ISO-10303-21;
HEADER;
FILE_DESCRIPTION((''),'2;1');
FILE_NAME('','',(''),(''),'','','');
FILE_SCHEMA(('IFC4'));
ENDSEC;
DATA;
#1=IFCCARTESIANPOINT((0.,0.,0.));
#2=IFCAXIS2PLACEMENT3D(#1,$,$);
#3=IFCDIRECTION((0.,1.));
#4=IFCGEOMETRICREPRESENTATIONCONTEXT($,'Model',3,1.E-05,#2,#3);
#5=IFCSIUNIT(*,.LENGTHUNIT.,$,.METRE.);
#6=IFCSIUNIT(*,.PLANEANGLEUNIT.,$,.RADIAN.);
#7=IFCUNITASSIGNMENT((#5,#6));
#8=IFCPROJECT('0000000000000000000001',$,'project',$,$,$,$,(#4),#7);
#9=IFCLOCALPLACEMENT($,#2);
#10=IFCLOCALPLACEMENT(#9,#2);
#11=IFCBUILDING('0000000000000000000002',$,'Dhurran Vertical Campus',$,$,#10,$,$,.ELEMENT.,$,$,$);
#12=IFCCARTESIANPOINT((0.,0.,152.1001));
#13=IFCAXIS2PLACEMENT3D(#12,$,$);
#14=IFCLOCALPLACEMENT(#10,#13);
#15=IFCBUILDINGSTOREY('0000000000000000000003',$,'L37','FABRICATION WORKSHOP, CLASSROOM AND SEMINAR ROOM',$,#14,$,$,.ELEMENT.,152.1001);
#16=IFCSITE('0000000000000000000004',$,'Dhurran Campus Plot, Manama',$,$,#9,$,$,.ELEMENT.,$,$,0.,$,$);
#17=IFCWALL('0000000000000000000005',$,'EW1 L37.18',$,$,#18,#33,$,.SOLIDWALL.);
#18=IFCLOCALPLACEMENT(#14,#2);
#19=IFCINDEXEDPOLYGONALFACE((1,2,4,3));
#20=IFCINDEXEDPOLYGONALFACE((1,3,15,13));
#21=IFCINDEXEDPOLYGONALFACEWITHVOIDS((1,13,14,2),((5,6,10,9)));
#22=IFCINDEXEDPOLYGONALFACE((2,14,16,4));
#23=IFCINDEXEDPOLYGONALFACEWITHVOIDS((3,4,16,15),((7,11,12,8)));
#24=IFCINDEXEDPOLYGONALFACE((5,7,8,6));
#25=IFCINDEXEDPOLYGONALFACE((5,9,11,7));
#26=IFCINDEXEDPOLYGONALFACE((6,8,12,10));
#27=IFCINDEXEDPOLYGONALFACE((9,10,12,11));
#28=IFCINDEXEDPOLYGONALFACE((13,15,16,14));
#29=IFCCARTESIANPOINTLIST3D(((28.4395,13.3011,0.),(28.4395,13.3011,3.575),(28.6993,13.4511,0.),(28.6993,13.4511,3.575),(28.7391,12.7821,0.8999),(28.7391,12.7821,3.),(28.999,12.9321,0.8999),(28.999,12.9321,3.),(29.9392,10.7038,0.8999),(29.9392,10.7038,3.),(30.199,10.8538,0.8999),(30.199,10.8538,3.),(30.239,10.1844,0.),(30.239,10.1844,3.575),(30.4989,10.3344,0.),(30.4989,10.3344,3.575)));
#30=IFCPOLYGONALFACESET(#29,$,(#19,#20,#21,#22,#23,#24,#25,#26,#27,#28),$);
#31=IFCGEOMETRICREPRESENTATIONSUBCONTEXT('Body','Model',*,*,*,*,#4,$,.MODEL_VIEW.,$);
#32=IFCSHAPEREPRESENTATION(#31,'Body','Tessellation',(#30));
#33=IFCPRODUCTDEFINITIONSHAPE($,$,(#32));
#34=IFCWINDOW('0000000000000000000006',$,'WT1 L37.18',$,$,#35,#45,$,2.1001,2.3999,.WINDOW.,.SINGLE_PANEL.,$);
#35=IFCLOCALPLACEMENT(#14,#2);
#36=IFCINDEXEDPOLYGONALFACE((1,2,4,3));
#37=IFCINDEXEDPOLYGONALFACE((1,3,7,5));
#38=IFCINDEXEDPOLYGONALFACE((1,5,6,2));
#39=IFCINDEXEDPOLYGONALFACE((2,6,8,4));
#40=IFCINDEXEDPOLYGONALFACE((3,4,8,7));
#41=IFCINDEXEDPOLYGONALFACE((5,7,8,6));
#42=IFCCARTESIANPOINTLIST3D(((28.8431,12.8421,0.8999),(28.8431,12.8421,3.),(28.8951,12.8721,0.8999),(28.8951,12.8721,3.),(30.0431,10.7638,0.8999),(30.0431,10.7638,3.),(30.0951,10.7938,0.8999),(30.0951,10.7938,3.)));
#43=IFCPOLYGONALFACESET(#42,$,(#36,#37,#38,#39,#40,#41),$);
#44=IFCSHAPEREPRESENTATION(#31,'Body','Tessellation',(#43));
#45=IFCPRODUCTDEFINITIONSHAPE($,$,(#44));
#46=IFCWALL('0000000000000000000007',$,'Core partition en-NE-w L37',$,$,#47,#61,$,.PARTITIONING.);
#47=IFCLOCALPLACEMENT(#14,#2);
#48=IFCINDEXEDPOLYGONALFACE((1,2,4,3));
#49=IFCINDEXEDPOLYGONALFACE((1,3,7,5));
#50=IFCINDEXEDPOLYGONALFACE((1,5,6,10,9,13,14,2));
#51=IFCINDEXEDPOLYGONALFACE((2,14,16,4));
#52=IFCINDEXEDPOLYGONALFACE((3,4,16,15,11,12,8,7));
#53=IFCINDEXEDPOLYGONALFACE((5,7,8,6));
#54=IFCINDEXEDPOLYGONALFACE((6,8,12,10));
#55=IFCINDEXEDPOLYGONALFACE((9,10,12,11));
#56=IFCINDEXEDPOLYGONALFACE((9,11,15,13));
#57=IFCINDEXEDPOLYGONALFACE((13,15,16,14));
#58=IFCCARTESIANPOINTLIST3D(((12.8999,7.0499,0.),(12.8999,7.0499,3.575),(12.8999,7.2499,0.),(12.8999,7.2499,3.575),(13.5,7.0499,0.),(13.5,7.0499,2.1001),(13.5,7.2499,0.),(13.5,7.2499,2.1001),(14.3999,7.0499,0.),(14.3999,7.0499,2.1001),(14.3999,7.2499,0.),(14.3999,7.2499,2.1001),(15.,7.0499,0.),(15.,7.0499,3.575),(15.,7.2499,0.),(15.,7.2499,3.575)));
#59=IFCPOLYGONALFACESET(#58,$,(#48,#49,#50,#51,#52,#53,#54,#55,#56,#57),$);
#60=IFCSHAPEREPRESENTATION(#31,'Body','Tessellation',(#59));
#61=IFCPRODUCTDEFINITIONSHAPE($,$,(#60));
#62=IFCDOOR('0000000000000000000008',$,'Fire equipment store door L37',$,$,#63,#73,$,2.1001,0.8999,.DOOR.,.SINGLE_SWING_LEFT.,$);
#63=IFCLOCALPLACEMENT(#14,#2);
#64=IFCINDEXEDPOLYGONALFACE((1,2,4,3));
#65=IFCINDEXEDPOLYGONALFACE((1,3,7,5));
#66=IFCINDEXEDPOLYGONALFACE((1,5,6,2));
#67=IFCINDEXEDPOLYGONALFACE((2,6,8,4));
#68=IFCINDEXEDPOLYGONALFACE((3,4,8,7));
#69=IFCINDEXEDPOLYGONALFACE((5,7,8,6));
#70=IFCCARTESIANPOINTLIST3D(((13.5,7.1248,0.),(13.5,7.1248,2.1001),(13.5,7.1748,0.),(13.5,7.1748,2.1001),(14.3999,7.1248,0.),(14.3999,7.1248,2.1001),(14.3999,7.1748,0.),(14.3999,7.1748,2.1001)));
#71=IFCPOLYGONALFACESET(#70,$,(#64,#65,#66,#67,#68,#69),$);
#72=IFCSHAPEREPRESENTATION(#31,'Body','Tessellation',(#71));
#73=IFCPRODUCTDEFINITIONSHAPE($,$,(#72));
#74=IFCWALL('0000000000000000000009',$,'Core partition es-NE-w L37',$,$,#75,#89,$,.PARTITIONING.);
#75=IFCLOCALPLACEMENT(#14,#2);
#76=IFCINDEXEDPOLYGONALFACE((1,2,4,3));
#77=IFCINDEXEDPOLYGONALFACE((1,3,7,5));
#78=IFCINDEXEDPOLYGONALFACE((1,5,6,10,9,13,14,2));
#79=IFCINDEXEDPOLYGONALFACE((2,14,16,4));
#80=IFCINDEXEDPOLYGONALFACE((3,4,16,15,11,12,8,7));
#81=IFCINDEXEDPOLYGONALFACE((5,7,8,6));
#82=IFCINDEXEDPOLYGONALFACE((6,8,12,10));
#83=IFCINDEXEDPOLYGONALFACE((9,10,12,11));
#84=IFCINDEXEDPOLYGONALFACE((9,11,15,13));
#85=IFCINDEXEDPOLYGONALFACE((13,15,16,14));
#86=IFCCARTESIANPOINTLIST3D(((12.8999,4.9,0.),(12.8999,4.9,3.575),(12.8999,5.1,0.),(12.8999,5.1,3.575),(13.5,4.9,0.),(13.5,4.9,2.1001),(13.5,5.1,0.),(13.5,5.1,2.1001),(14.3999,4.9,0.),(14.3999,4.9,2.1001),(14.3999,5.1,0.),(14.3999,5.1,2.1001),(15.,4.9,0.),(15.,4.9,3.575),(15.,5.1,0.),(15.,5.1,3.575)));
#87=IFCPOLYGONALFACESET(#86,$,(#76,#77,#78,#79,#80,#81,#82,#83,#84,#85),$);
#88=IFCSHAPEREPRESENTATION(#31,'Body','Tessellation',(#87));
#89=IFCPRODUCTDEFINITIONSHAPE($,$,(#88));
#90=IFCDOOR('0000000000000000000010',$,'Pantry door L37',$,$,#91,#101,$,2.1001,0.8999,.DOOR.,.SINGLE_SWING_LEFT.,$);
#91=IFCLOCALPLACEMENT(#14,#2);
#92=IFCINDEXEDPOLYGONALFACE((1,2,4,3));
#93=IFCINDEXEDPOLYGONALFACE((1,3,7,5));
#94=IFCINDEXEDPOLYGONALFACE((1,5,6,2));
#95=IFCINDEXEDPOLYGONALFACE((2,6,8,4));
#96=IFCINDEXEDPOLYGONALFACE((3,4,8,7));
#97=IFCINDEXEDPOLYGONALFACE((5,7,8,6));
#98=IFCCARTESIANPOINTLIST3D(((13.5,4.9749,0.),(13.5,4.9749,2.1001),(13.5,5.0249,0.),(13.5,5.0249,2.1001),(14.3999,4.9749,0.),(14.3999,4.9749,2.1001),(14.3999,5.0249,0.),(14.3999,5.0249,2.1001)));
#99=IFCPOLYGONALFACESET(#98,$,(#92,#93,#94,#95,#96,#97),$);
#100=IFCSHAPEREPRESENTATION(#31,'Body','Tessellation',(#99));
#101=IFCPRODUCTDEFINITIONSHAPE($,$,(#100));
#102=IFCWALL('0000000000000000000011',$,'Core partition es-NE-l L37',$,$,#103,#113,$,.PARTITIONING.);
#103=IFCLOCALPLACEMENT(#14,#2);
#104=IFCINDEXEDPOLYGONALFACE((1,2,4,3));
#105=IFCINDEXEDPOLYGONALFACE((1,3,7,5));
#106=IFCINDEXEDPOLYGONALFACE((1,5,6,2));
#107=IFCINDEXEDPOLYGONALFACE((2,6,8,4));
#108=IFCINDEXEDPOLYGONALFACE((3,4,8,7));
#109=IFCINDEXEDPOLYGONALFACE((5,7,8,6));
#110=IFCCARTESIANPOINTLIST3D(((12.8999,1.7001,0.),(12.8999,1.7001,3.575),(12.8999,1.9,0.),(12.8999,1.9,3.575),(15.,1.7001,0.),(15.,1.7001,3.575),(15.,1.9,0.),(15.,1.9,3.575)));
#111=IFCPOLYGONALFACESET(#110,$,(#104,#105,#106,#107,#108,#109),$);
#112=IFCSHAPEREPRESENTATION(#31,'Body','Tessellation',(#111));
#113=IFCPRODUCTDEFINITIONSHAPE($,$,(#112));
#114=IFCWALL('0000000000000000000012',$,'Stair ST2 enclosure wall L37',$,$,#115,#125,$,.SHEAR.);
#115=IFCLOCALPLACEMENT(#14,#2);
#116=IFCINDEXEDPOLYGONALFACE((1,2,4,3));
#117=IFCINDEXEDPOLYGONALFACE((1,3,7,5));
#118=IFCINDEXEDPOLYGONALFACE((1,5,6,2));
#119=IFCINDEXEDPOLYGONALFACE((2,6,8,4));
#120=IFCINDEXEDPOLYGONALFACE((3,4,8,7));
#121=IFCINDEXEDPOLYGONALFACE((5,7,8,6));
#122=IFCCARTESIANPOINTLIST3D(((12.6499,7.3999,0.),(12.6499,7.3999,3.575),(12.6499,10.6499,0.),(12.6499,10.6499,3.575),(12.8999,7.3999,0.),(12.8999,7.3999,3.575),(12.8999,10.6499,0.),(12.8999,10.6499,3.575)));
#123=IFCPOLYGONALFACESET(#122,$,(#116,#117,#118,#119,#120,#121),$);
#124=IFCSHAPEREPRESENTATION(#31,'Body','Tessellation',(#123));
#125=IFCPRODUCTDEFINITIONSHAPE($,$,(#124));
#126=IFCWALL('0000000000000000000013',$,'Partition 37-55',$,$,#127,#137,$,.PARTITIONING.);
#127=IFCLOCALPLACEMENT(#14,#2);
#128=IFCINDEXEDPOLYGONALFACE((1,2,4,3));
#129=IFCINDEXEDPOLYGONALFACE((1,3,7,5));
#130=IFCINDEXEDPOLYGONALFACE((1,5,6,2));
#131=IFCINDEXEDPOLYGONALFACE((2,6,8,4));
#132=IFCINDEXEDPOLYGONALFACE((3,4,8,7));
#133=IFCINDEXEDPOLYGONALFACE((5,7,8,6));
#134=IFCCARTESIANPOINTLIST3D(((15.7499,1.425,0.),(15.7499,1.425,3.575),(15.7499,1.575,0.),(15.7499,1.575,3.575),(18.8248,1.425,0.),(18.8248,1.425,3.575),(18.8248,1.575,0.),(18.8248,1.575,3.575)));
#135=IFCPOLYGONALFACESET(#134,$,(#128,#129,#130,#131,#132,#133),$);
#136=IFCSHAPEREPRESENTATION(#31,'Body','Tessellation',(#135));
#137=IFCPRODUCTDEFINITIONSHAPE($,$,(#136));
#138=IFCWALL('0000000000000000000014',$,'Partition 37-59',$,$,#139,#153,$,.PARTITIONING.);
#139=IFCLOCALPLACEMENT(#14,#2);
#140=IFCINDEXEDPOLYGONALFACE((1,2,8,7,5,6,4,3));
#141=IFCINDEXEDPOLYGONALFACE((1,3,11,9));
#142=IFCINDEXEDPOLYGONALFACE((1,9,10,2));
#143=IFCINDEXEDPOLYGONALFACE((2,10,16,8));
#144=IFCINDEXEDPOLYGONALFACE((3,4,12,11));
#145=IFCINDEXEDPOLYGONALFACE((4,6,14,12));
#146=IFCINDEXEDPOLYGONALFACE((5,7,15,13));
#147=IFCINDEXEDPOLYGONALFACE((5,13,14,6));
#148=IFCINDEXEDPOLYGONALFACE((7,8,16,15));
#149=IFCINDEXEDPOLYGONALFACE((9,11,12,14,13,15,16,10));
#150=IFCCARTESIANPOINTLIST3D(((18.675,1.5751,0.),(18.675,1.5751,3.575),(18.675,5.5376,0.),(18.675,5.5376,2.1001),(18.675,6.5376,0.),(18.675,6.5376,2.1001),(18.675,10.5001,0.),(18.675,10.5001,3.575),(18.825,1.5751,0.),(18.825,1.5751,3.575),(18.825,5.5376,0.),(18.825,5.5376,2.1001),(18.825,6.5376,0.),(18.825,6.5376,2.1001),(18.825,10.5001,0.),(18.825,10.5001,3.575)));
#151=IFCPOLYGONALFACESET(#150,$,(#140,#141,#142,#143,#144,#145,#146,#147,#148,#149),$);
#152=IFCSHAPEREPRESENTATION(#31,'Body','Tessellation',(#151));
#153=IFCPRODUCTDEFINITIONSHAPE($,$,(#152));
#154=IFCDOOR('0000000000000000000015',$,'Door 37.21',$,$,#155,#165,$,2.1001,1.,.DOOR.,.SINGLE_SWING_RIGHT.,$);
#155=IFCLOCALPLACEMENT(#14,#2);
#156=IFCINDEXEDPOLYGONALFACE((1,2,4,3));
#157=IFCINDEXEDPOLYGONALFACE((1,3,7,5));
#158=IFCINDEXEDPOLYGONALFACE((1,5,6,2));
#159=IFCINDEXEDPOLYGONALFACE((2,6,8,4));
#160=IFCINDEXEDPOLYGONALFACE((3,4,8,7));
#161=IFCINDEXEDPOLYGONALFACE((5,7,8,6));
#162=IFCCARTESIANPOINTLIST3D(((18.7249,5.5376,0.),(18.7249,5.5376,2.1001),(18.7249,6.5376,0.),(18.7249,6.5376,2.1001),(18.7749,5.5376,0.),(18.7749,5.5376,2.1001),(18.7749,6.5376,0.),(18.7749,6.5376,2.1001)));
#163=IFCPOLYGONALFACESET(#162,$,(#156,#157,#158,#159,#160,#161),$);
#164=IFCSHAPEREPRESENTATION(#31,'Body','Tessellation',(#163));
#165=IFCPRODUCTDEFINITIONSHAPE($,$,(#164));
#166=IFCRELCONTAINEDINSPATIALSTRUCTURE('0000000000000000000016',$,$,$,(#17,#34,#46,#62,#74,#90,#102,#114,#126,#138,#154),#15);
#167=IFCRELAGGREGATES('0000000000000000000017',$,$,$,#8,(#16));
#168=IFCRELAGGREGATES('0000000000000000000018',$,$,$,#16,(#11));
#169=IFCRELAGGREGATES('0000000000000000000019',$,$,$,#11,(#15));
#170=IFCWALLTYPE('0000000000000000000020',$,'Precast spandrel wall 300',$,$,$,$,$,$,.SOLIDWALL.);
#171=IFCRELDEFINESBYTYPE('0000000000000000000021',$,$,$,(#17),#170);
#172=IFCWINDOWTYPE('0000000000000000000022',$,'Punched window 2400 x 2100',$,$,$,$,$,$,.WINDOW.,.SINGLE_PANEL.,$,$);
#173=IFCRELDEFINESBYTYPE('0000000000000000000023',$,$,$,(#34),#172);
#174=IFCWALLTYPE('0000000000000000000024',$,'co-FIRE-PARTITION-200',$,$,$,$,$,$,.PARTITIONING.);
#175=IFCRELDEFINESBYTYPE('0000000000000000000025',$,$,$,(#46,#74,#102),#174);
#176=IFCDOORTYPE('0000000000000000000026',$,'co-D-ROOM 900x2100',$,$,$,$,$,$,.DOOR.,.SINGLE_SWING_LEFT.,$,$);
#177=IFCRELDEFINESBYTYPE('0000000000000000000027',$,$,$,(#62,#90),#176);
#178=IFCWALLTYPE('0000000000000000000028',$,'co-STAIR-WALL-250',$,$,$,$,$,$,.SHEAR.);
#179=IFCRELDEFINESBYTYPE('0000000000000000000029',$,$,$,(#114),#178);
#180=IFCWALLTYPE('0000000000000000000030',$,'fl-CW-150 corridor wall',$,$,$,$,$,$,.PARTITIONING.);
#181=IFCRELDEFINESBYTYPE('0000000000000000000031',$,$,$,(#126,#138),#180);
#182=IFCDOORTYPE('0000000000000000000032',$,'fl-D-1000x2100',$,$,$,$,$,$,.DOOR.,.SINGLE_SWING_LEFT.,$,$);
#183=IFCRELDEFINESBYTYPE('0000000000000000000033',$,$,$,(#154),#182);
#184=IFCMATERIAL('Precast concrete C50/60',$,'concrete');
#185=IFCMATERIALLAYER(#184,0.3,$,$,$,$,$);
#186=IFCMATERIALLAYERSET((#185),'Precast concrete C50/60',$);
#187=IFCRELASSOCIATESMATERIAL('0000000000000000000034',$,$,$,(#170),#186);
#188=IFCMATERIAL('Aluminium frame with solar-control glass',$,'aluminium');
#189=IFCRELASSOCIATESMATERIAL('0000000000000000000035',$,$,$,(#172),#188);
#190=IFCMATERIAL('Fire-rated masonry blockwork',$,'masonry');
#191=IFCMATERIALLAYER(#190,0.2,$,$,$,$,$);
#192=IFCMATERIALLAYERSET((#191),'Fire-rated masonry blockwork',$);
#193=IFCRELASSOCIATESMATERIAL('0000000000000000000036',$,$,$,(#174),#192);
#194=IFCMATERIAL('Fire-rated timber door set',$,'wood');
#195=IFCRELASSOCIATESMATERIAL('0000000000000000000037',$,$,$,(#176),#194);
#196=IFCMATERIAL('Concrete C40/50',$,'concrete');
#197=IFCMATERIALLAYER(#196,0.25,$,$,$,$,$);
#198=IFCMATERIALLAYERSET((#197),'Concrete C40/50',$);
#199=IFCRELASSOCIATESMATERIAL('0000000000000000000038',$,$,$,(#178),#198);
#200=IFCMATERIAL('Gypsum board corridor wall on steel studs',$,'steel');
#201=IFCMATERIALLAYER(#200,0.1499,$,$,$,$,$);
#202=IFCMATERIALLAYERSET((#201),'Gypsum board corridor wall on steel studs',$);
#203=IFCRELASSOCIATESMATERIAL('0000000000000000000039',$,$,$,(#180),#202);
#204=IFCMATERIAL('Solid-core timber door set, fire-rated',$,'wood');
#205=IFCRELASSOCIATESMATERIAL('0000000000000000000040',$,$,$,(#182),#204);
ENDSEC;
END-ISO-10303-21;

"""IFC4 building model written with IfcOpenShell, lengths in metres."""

from ifc_helpers import new_model, si_unit, direction, frame, frame_2d, origin, place, context, subcontext, project, spatial, rectangle, extrude, material, layer, layer_set, type_object, element, fill, save


model = new_model("IFC4")

# Units and contexts
model_context = context("Model", 3, precision=1e-05, world=origin(), true_north=direction((0.0, 1.0)))
body_context = subcontext(model_context, "Body", "Model", "MODEL_VIEW")
ifc_project = project(units=[si_unit("LENGTHUNIT", "METRE"), si_unit("PLANEANGLEUNIT", "RADIAN")], contexts=[model_context])

# Site, building, storey
site_placement = place(None, origin())
site = spatial("IfcSite", under=ifc_project, at=site_placement, Name="Dhurran Campus Plot, Manama", CompositionType="ELEMENT", RefElevation=0.0)
building_placement = place(site_placement, origin())
building = spatial("IfcBuilding", under=site, at=building_placement, Name="Dhurran Vertical Campus", CompositionType="ELEMENT")
storey_placement = place(building_placement, frame((0.0, 0.0, 152.1001)))
storey = spatial("IfcBuildingStorey", under=building, at=storey_placement, Name="L37", Description="FABRICATION WORKSHOP, CLASSROOM AND SEMINAR ROOM", CompositionType="ELEMENT", Elevation=152.1001)

# Wall, opening, window
ifc_material_1 = material(Name="Precast concrete C50/60", Category="concrete")
ifc_layer_1 = layer(ifc_material_1, 0.3)
ifc_layer_set_1 = layer_set([ifc_layer_1], Name="Precast concrete C50/60")
wall_type_1 = type_object("IfcWallType", Name="Precast spandrel wall 300", PredefinedType="SOLIDWALL", material=ifc_layer_set_1)
ifc_material_2 = material(Name="Aluminium frame with solar-control glass", Category="aluminium")
window_type = type_object("IfcWindowType", Name="Punched window 2400 x 2100", PartitioningType="SINGLE_PANEL", PredefinedType="WINDOW", material=ifc_material_2)
wall_1_placement = place(storey_placement, frame((30.3689, 10.2595, 0.0), z_axis=(0.0, 0.0, 1.0), x_axis=(-0.500028, 0.866009, 0.0)))
wall_1 = element("IfcWall", 1, at=wall_1_placement, inside=storey, type_object=wall_type_1, Name="EW1 L37.18", PredefinedType="SOLIDWALL", context=body_context, shape_type="SweptSolid", body=[
    extrude(rectangle(XDim=3.5989, YDim=0.3, at=frame_2d((1.7993, 0.0))), origin(), (0.0, 0.0, 1.0), 3.575),
])
opening_1_placement = place(wall_1_placement, frame((0.5996, 0.0, 0.8999)))
opening_1 = element("IfcOpeningElement", 2, at=opening_1_placement, cuts=wall_1, PredefinedType="OPENING", context=body_context, shape_type="SweptSolid", body=[
    extrude(rectangle(XDim=2.3999, YDim=2.1001, at=frame_2d((1.2, 1.05))), frame((0.0, 0.1599, 0.0), z_axis=(0.0, -1.0, 0.0), x_axis=(1.0, 0.0, 0.0)), (0.0, 0.0, 1.0), 0.3201),
])
window_1_placement = place(opening_1_placement, origin())
window_1 = element("IfcWindow", 3, at=window_1_placement, inside=storey, type_object=window_type, Name="WT1 L37.18", OverallHeight=2.1001, OverallWidth=2.3999, PartitioningType="SINGLE_PANEL", PredefinedType="WINDOW", context=body_context, shape_type="SweptSolid", body=[
    extrude(rectangle(XDim=2.3999, YDim=2.1001, at=frame_2d((1.2, 1.05))), frame((0.0, 0.03, 0.0), z_axis=(0.0, -1.0, 0.0), x_axis=(1.0, 0.0, 0.0)), (0.0, 0.0, 1.0), 0.0601),
])
fill(opening_1, window_1)

# Walls, openings, doors
ifc_material_3 = material(Name="Fire-rated masonry blockwork", Category="masonry")
ifc_layer_2 = layer(ifc_material_3, 0.2)
ifc_layer_set_2 = layer_set([ifc_layer_2], Name="Fire-rated masonry blockwork")
wall_type_2 = type_object("IfcWallType", Name="co-FIRE-PARTITION-200", PredefinedType="PARTITIONING", material=ifc_layer_set_2)
wall_2_placement = place(storey_placement, frame((12.8999, 7.1499, 0.0), z_axis=(0.0, 0.0, 1.0), x_axis=(1.0, 0.0, 0.0)))
wall_2 = element("IfcWall", 4, at=wall_2_placement, inside=storey, type_object=wall_type_2, Name="Core partition en-NE-w L37", PredefinedType="PARTITIONING", context=body_context, shape_type="SweptSolid", body=[
    extrude(rectangle(XDim=2.1001, YDim=0.2, at=frame_2d((1.05, 0.0))), origin(), (0.0, 0.0, 1.0), 3.575),
])
opening_2_placement = place(wall_2_placement, frame((0.6001, 0.0, 0.0)))
opening_2 = element("IfcOpeningElement", 5, at=opening_2_placement, cuts=wall_2, PredefinedType="OPENING", context=body_context, shape_type="SweptSolid", body=[
    extrude(rectangle(XDim=0.8999, YDim=2.1001, at=frame_2d((0.45, 1.05))), frame((0.0, 0.1099, 0.0), z_axis=(0.0, -1.0, 0.0), x_axis=(1.0, 0.0, 0.0)), (0.0, 0.0, 1.0), 0.22),
])
ifc_material_4 = material(Name="Fire-rated timber door set", Category="wood")
door_type_1 = type_object("IfcDoorType", Name="co-D-ROOM 900x2100", OperationType="SINGLE_SWING_LEFT", PredefinedType="DOOR", material=ifc_material_4)
door_1_placement = place(opening_2_placement, origin())
door_1 = element("IfcDoor", 6, at=door_1_placement, inside=storey, type_object=door_type_1, Name="Fire equipment store door L37", OperationType="SINGLE_SWING_LEFT", OverallHeight=2.1001, OverallWidth=0.8999, PredefinedType="DOOR", context=body_context, shape_type="SweptSolid", body=[
    extrude(rectangle(XDim=0.8999, YDim=2.1001, at=frame_2d((0.45, 1.05))), frame((0.0, 0.0249, 0.0), z_axis=(0.0, -1.0, 0.0), x_axis=(1.0, 0.0, 0.0)), (0.0, 0.0, 1.0), 0.05),
])
fill(opening_2, door_1)
wall_3_placement = place(storey_placement, frame((12.8999, 5.0, 0.0), z_axis=(0.0, 0.0, 1.0), x_axis=(1.0, 0.0, 0.0)))
wall_3 = element("IfcWall", 7, at=wall_3_placement, inside=storey, type_object=wall_type_2, Name="Core partition es-NE-w L37", PredefinedType="PARTITIONING", context=body_context, shape_type="SweptSolid", body=[
    extrude(rectangle(XDim=2.1001, YDim=0.2, at=frame_2d((1.05, 0.0))), origin(), (0.0, 0.0, 1.0), 3.575),
])
opening_3_placement = place(wall_3_placement, frame((0.6001, 0.0, 0.0)))
opening_3 = element("IfcOpeningElement", 8, at=opening_3_placement, cuts=wall_3, PredefinedType="OPENING", context=body_context, shape_type="SweptSolid", body=[
    extrude(rectangle(XDim=0.8999, YDim=2.1001, at=frame_2d((0.45, 1.05))), frame((0.0, 0.1099, 0.0), z_axis=(0.0, -1.0, 0.0), x_axis=(1.0, 0.0, 0.0)), (0.0, 0.0, 1.0), 0.22),
])
door_2_placement = place(opening_3_placement, origin())
door_2 = element("IfcDoor", 9, at=door_2_placement, inside=storey, type_object=door_type_1, Name="Pantry door L37", OperationType="SINGLE_SWING_LEFT", OverallHeight=2.1001, OverallWidth=0.8999, PredefinedType="DOOR", context=body_context, shape_type="SweptSolid", body=[
    extrude(rectangle(XDim=0.8999, YDim=2.1001, at=frame_2d((0.45, 1.05))), frame((0.0, 0.0249, 0.0), z_axis=(0.0, -1.0, 0.0), x_axis=(1.0, 0.0, 0.0)), (0.0, 0.0, 1.0), 0.05),
])
fill(opening_3, door_2)

# Walls
wall_4_placement = place(storey_placement, frame((12.8999, 1.8, 0.0), z_axis=(0.0, 0.0, 1.0), x_axis=(1.0, 0.0, 0.0)))
element("IfcWall", 10, at=wall_4_placement, inside=storey, type_object=wall_type_2, Name="Core partition es-NE-l L37", PredefinedType="PARTITIONING", context=body_context, shape_type="SweptSolid", body=[
    extrude(rectangle(XDim=2.1001, YDim=0.2, at=frame_2d((1.05, 0.0))), origin(), (0.0, 0.0, 1.0), 3.575),
])
ifc_material_5 = material(Name="Concrete C40/50", Category="concrete")
ifc_layer_3 = layer(ifc_material_5, 0.25)
ifc_layer_set_3 = layer_set([ifc_layer_3], Name="Concrete C40/50")
wall_type_3 = type_object("IfcWallType", Name="co-STAIR-WALL-250", PredefinedType="SHEAR", material=ifc_layer_set_3)
wall_5_placement = place(storey_placement, frame((12.7749, 7.3999, 0.0), z_axis=(0.0, 0.0, 1.0), x_axis=(0.0, 1.0, 0.0)))
element("IfcWall", 11, at=wall_5_placement, inside=storey, type_object=wall_type_3, Name="Stair ST2 enclosure wall L37", PredefinedType="SHEAR", context=body_context, shape_type="SweptSolid", body=[
    extrude(rectangle(XDim=3.25, YDim=0.25, at=frame_2d((1.625, 0.0))), origin(), (0.0, 0.0, 1.0), 3.575),
])
ifc_material_6 = material(Name="Gypsum board corridor wall on steel studs", Category="steel")
ifc_layer_4 = layer(ifc_material_6, 0.1499)
ifc_layer_set_4 = layer_set([ifc_layer_4], Name="Gypsum board corridor wall on steel studs")
wall_type_4 = type_object("IfcWallType", Name="fl-CW-150 corridor wall", PredefinedType="PARTITIONING", material=ifc_layer_set_4)
wall_6_placement = place(storey_placement, frame((18.825, 1.5, 0.0), z_axis=(0.0, 0.0, 1.0), x_axis=(-1.0, 0.0, 0.0)))
element("IfcWall", 12, at=wall_6_placement, inside=storey, type_object=wall_type_4, Name="Partition 37-55", PredefinedType="PARTITIONING", context=body_context, shape_type="SweptSolid", body=[
    extrude(rectangle(XDim=3.075, YDim=0.1499, at=frame_2d((1.5376, 0.0))), origin(), (0.0, 0.0, 1.0), 3.575),
])

# Wall, opening, door
wall_7_placement = place(storey_placement, frame((18.75, 10.5, 0.0), z_axis=(0.0, 0.0, 1.0), x_axis=(0.0, -1.0, 0.0)))
wall_7 = element("IfcWall", 13, at=wall_7_placement, inside=storey, type_object=wall_type_4, Name="Partition 37-59", PredefinedType="PARTITIONING", context=body_context, shape_type="SweptSolid", body=[
    extrude(rectangle(XDim=8.925, YDim=0.1499, at=frame_2d((4.4624, 0.0))), origin(), (0.0, 0.0, 1.0), 3.575),
])
opening_4_placement = place(wall_7_placement, frame((3.9624, 0.0, 0.0)))
opening_4 = element("IfcOpeningElement", 14, at=opening_4_placement, cuts=wall_7, PredefinedType="OPENING", context=body_context, shape_type="SweptSolid", body=[
    extrude(rectangle(XDim=1.0, YDim=2.1001, at=frame_2d((0.5, 1.05))), frame((0.0, 0.085, 0.0), z_axis=(0.0, -1.0, 0.0), x_axis=(1.0, 0.0, 0.0)), (0.0, 0.0, 1.0), 0.1699),
])
ifc_material_7 = material(Name="Solid-core timber door set, fire-rated", Category="wood")
door_type_2 = type_object("IfcDoorType", Name="fl-D-1000x2100", OperationType="SINGLE_SWING_LEFT", PredefinedType="DOOR", material=ifc_material_7)
door_3_placement = place(opening_4_placement, origin())
door_3 = element("IfcDoor", 15, at=door_3_placement, inside=storey, type_object=door_type_2, Name="Door 37.21", OperationType="SINGLE_SWING_RIGHT", OverallHeight=2.1001, OverallWidth=1.0, PredefinedType="DOOR", context=body_context, shape_type="SweptSolid", body=[
    extrude(rectangle(XDim=1.0, YDim=2.1001, at=frame_2d((0.5, 1.05))), frame((0.0, 0.0249, 0.0), z_axis=(0.0, -1.0, 0.0), x_axis=(1.0, 0.0, 0.0)), (0.0, 0.0, 1.0), 0.05),
])
fill(opening_4, door_3)

save(model, "model.ifc")
